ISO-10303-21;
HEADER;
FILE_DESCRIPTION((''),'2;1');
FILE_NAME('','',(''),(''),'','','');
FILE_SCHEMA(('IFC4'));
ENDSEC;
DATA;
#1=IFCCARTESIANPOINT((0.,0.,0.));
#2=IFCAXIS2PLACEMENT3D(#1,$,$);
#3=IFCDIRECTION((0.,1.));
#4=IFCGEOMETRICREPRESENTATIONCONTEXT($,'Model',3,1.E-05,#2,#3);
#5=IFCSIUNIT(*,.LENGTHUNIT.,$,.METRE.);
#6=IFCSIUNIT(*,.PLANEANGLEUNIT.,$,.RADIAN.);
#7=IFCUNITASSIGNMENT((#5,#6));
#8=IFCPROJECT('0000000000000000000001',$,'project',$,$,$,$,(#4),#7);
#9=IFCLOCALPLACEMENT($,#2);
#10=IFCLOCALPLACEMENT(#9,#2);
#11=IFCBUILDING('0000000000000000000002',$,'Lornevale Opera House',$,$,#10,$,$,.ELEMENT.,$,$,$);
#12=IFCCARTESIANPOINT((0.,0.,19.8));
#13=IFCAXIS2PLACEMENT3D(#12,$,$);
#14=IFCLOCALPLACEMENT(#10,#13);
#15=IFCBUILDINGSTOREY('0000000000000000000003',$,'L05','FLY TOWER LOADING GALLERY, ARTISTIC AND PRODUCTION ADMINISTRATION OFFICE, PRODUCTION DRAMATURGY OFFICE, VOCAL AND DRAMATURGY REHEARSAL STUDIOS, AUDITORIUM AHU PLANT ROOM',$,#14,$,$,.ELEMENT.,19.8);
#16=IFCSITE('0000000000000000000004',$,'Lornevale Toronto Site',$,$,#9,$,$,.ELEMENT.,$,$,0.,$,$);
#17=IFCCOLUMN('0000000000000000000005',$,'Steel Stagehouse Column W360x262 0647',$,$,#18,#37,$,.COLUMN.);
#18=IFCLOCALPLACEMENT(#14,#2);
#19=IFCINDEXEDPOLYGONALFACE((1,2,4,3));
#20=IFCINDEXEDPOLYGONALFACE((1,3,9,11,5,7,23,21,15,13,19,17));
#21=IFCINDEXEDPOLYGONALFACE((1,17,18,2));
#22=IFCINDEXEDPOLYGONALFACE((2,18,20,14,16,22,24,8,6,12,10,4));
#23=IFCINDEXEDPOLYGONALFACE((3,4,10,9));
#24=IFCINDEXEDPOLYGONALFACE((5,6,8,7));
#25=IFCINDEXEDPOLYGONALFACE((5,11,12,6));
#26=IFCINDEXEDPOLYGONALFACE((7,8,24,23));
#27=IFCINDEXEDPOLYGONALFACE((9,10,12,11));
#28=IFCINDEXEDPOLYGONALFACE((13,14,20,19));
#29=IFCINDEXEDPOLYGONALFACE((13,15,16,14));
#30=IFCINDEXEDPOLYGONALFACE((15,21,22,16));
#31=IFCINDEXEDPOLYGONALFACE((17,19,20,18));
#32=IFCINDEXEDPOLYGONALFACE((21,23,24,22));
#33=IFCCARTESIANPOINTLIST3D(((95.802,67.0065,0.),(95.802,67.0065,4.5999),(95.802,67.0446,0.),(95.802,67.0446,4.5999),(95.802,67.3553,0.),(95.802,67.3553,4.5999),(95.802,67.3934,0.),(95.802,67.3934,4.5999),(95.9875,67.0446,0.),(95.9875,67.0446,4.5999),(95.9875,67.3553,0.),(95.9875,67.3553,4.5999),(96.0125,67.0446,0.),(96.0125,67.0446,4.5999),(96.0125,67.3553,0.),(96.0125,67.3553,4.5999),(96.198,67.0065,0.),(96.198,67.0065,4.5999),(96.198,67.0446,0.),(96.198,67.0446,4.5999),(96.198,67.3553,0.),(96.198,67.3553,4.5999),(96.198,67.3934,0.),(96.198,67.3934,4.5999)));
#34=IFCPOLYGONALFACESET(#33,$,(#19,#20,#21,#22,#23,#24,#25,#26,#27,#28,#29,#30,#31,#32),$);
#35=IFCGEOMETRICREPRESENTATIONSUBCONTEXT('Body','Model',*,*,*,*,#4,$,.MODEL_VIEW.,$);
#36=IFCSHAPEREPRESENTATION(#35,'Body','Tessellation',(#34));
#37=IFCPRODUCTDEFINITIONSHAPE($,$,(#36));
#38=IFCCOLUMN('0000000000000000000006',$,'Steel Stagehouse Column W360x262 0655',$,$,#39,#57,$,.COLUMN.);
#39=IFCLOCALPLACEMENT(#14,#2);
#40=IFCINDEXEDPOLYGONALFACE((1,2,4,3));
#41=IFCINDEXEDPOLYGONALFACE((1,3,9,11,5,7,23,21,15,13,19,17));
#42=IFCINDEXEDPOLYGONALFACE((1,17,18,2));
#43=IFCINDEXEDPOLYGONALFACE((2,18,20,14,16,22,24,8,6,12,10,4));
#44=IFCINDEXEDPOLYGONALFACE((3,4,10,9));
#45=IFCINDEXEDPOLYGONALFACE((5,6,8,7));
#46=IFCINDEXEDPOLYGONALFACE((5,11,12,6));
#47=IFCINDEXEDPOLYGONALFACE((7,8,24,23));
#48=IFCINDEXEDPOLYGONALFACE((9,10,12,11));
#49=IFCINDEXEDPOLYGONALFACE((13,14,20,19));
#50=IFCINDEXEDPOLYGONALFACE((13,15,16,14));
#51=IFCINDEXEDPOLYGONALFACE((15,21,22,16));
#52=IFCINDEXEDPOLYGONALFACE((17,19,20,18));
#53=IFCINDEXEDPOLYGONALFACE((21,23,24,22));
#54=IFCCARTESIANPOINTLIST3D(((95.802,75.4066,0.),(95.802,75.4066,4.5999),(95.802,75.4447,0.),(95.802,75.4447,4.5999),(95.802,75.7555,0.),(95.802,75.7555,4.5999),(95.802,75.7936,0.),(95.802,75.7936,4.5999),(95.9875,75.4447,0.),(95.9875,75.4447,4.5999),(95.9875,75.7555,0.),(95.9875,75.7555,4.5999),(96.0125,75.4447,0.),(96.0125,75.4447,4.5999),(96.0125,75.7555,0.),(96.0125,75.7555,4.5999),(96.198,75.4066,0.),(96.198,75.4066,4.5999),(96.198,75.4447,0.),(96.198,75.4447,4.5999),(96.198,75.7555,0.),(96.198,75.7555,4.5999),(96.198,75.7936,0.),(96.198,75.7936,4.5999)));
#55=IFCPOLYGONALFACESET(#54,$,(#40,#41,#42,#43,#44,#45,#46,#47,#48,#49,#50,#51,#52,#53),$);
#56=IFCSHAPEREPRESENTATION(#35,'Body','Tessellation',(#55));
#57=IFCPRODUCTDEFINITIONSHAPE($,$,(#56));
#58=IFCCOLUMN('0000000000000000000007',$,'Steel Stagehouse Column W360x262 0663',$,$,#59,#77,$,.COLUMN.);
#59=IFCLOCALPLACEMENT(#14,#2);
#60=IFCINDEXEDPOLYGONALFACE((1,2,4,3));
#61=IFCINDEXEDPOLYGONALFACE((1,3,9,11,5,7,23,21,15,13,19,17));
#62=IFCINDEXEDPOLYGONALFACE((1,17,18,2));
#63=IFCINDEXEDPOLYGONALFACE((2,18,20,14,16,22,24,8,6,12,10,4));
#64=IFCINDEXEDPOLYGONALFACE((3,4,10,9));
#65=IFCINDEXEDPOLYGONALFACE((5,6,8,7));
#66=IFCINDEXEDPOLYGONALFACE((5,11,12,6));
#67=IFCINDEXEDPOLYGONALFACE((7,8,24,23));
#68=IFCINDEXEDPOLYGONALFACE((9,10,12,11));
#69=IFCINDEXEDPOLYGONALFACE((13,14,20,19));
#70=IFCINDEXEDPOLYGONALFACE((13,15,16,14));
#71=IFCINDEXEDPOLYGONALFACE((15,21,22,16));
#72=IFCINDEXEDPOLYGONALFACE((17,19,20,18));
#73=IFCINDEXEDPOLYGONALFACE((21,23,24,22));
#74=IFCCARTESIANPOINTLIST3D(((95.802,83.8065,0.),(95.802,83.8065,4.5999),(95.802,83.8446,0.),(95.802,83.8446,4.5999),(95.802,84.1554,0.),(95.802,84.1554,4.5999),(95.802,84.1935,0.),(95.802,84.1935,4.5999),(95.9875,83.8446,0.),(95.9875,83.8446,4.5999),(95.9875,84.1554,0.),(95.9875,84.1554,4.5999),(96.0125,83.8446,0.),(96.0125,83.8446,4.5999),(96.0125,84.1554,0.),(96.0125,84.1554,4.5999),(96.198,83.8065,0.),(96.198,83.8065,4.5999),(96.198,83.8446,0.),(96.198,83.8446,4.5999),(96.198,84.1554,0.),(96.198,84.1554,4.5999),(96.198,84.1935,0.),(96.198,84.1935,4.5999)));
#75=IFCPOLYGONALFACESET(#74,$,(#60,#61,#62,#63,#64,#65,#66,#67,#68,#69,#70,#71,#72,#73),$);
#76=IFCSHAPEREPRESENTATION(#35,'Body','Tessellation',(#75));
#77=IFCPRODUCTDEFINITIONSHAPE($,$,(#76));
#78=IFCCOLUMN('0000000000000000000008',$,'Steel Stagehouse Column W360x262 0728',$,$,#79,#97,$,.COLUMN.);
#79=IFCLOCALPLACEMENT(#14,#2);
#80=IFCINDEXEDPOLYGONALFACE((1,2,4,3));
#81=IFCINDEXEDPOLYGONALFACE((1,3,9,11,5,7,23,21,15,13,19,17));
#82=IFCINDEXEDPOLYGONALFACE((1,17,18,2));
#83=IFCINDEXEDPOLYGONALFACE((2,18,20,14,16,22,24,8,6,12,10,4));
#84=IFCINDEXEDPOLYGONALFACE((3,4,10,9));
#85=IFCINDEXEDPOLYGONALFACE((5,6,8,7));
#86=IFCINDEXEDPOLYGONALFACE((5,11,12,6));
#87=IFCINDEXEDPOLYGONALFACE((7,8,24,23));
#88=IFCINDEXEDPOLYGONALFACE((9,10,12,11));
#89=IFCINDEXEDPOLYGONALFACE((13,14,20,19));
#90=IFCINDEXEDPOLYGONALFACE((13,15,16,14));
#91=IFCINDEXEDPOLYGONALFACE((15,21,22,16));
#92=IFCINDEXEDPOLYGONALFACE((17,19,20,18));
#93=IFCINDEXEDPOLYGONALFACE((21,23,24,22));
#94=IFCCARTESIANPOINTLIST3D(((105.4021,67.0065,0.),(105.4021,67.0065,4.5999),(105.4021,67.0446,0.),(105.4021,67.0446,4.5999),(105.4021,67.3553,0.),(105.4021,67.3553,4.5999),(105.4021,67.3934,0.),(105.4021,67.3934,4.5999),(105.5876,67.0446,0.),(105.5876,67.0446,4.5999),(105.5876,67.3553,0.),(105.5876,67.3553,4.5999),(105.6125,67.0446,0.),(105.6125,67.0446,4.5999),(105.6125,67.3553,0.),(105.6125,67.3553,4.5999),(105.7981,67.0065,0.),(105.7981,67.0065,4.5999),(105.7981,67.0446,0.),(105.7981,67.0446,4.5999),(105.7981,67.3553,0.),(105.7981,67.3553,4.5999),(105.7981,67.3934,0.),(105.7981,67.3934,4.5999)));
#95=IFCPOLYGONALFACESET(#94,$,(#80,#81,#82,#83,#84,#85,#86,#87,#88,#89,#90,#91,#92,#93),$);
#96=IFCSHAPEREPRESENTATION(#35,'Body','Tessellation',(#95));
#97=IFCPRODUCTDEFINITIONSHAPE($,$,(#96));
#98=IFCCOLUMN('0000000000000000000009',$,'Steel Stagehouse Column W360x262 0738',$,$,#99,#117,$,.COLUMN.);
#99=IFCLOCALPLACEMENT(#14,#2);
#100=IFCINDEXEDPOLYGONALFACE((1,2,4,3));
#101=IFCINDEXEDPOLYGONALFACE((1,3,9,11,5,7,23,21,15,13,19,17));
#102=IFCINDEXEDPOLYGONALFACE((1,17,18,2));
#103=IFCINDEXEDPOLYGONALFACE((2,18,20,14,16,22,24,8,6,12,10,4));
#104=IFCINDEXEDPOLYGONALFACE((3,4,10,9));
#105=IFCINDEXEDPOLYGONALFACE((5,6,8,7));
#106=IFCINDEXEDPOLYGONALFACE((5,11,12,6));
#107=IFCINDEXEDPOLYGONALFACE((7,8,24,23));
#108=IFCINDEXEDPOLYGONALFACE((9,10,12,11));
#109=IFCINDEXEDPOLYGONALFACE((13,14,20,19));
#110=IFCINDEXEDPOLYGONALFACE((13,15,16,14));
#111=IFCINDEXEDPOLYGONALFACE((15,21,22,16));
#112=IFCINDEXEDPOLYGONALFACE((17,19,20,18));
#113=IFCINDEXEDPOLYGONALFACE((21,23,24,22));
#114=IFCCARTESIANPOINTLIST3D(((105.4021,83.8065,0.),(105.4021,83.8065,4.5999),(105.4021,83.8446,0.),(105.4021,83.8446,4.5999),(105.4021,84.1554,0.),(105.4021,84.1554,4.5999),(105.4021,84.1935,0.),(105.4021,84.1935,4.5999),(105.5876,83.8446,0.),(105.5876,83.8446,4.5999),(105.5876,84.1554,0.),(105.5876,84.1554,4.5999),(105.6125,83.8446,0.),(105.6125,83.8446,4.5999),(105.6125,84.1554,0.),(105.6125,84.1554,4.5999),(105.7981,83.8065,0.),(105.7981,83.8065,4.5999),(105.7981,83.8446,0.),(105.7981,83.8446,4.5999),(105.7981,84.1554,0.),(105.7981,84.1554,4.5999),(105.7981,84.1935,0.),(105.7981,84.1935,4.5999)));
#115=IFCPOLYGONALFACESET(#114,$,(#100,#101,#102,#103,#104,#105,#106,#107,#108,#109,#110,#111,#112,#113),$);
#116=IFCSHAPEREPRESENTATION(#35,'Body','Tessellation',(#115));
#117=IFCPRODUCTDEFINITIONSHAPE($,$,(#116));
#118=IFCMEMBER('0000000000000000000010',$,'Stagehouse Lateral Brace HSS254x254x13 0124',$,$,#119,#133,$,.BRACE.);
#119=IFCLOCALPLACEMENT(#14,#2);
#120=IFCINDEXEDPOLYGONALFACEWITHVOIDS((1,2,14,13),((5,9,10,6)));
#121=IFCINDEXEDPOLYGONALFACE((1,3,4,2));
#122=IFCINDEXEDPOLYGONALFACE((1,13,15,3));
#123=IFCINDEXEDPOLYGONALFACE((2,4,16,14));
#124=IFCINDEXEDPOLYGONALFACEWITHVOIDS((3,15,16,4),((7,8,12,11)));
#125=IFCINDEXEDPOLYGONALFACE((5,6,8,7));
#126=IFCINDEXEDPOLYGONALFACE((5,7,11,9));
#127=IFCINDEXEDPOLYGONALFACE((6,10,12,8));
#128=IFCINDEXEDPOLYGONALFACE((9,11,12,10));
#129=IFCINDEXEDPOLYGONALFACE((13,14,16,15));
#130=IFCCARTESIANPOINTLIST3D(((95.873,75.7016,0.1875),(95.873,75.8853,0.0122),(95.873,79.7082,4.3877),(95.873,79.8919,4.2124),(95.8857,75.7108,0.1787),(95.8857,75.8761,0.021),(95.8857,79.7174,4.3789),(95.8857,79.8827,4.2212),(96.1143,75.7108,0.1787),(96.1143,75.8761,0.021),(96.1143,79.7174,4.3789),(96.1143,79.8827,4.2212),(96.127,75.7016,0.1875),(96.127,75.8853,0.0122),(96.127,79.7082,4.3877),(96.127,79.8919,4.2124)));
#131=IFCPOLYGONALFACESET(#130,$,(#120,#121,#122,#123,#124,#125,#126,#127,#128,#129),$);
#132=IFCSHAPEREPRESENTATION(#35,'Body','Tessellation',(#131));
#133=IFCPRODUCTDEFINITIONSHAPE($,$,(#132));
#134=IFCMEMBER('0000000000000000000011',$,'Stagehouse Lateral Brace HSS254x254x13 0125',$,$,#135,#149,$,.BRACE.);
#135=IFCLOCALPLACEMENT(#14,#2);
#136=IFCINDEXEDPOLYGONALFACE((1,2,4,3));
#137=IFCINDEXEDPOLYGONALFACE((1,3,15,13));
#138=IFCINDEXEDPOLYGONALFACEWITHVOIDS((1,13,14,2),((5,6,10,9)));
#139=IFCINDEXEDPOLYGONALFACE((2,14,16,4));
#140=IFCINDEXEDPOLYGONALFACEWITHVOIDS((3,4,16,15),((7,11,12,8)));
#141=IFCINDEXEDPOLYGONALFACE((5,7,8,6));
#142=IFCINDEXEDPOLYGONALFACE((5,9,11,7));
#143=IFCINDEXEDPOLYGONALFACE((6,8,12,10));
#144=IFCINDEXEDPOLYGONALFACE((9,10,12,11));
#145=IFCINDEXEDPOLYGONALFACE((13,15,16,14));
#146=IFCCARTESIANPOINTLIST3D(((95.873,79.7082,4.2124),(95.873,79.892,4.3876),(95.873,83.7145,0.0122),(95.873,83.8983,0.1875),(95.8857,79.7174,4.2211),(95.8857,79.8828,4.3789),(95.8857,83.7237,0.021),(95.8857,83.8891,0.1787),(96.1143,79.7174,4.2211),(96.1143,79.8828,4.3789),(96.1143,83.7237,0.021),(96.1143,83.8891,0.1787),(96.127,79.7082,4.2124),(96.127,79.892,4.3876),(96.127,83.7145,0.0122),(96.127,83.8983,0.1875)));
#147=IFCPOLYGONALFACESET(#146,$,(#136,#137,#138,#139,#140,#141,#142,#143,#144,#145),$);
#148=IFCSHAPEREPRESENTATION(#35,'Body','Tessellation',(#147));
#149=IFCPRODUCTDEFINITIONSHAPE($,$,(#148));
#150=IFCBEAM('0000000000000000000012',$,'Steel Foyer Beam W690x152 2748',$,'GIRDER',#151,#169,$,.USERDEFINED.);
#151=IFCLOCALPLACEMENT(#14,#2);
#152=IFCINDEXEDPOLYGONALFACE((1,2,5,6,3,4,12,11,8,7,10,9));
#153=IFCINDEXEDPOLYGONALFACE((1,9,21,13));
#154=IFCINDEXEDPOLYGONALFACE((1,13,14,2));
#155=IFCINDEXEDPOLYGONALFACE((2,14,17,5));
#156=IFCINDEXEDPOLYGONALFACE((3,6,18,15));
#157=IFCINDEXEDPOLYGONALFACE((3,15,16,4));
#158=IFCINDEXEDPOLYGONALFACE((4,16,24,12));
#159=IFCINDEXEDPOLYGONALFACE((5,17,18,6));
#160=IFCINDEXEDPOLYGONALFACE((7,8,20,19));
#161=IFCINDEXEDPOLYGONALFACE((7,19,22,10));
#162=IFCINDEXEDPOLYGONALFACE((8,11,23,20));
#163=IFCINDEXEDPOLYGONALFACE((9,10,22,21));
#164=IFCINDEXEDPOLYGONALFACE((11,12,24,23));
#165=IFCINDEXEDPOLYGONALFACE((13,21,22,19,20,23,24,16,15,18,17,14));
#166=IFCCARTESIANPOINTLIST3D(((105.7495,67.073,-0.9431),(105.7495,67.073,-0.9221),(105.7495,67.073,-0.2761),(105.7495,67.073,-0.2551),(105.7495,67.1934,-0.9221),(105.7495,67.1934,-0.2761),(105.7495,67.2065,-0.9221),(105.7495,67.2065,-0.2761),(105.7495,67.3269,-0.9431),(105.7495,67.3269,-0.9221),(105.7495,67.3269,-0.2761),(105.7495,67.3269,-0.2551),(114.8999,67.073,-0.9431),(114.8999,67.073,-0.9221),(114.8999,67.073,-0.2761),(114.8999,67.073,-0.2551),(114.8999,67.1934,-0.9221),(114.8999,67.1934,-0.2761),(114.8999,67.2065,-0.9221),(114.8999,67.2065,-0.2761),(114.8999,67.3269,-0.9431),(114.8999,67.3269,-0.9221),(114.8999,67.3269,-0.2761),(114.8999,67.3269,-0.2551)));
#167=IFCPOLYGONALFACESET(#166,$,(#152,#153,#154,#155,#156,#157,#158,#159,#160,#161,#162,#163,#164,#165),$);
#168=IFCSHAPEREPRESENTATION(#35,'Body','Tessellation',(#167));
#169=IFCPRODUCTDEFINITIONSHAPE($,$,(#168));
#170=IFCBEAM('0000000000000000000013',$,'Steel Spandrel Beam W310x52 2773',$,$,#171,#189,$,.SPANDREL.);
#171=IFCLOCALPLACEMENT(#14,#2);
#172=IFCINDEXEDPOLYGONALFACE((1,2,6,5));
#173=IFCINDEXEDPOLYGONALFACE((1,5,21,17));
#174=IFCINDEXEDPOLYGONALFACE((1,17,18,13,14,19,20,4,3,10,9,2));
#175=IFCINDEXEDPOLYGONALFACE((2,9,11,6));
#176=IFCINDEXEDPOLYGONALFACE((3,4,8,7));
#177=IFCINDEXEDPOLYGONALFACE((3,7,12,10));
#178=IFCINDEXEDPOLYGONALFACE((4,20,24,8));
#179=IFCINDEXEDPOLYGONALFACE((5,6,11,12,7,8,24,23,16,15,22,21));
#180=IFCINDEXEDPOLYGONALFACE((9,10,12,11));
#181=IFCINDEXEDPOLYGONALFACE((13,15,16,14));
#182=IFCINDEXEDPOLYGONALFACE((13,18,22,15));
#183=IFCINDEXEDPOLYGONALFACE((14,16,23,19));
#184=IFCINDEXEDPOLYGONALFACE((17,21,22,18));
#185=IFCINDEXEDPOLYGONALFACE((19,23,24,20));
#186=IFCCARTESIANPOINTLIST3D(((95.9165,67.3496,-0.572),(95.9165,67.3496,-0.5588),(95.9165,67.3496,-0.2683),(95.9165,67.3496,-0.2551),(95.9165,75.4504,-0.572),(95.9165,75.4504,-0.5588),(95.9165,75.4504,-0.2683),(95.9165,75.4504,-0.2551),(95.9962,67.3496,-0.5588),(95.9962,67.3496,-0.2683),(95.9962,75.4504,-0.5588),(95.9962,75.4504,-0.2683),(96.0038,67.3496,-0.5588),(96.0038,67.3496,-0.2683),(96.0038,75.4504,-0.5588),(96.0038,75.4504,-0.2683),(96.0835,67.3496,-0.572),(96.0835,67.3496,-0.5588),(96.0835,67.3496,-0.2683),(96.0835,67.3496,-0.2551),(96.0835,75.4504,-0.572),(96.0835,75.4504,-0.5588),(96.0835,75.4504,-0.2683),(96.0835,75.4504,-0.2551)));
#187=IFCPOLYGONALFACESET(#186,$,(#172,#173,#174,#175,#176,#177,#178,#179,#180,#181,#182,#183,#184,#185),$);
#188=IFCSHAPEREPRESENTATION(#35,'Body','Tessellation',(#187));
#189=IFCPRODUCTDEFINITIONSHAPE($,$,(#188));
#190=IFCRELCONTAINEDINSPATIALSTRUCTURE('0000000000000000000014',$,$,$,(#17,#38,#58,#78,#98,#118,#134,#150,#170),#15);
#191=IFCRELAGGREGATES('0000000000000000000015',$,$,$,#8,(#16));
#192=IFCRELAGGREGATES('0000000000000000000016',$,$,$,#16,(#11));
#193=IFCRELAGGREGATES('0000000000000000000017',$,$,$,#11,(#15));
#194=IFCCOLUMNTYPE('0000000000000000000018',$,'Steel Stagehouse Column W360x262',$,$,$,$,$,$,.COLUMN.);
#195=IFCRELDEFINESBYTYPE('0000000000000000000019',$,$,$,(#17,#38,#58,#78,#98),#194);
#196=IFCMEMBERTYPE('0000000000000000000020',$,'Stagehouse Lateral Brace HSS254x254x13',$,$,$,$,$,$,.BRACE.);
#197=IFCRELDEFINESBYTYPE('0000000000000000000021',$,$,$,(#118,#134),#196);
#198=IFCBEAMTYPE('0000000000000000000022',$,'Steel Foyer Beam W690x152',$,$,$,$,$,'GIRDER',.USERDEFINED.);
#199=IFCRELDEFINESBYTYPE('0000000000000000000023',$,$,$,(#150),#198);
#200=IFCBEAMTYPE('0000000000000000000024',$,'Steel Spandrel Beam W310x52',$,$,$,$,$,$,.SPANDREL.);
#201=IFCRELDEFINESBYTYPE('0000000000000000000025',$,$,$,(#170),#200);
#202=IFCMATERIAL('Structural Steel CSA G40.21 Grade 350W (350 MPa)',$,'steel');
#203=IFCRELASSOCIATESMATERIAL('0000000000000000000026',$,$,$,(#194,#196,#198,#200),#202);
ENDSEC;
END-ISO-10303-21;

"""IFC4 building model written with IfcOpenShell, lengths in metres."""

from ifc_helpers import new_model, si_unit, direction, frame, origin, origin_2d, place, context, subcontext, project, spatial, hollow_rectangle, i_section, extrude, material, material_profile, profile_set, type_object, element, save


model = new_model("IFC4")

# Units and contexts
model_context = context("Model", 3, precision=1e-05, world=origin(), true_north=direction((0.0, 1.0)))
body_context = subcontext(model_context, "Body", "Model", "MODEL_VIEW")
ifc_project = project(units=[si_unit("LENGTHUNIT", "METRE"), si_unit("PLANEANGLEUNIT", "RADIAN")], contexts=[model_context])

# Site, building, storey
site_placement = place(None, origin())
site = spatial("IfcSite", under=ifc_project, at=site_placement, Name="Lornevale Toronto Site", CompositionType="ELEMENT", RefElevation=0.0)
building_placement = place(site_placement, origin())
building = spatial("IfcBuilding", under=site, at=building_placement, Name="Lornevale Opera House", CompositionType="ELEMENT")
storey_placement = place(building_placement, frame((0.0, 0.0, 19.8)))
storey = spatial("IfcBuildingStorey", under=building, at=storey_placement, Name="L05", Description="FLY TOWER LOADING GALLERY, ARTISTIC AND PRODUCTION ADMINISTRATION OFFICE, PRODUCTION DRAMATURGY OFFICE, VOCAL AND DRAMATURGY REHEARSAL STUDIOS, AUDITORIUM AHU PLANT ROOM", CompositionType="ELEMENT", Elevation=19.8)

# Columns
ifc_material_1 = material(Name="Structural Steel CSA G40.21 Grade 350W (350 MPa)", Category="steel")
ifc_material_profile_1 = material_profile(ifc_material_1, i_section(OverallWidth=0.396, OverallDepth=0.387, WebThickness=0.0249, FlangeThickness=0.0381, at=origin_2d()), Name="W360x262")
ifc_profile_set_1 = profile_set([ifc_material_profile_1], Name="Structural Steel CSA G40.21 Grade 350W (350 MPa)")
column_type = type_object("IfcColumnType", Name="Steel Stagehouse Column W360x262", PredefinedType="COLUMN", material=ifc_profile_set_1)
for number, where, z_axis, x_axis, name in (
    (1, (96.0, 67.2, 0.0), (0.0, 0.0, 1.0), (1.0, 0.0, 0.0), "Steel Stagehouse Column W360x262 0647"),
    (2, (96.0, 75.6001, 0.0), (0.0, 0.0, 1.0), (1.0, 0.0, 0.0), "Steel Stagehouse Column W360x262 0655"),
    (3, (96.0, 84.0, 0.0), (0.0, 0.0, 1.0), (1.0, 0.0, 0.0), "Steel Stagehouse Column W360x262 0663"),
    (4, (105.6001, 67.2, 0.0), (0.0, 0.0, 1.0), (1.0, 0.0, 0.0), "Steel Stagehouse Column W360x262 0728"),
    (5, (105.6001, 84.0, 0.0), (0.0, 0.0, 1.0), (1.0, 0.0, 0.0), "Steel Stagehouse Column W360x262 0738"),
):
    element("IfcColumn", number, at=place(storey_placement, frame(where, z_axis=z_axis, x_axis=x_axis)), inside=storey, type_object=column_type, Name=name, PredefinedType="COLUMN", context=body_context, shape_type="SweptSolid", body=[
        extrude(i_section(OverallWidth=0.396, OverallDepth=0.387, WebThickness=0.0249, FlangeThickness=0.0381, at=origin_2d()), origin(), (0.0, 0.0, 1.0), 4.5999),
    ])

# Members
ifc_material_profile_2 = material_profile(ifc_material_1, hollow_rectangle(XDim=0.2539, YDim=0.2539, WallThickness=0.0127, at=origin_2d()), Name="HSS254x254x13")
ifc_profile_set_2 = profile_set([ifc_material_profile_2], Name="Structural Steel CSA G40.21 Grade 350W (350 MPa)")
member_type = type_object("IfcMemberType", Name="Stagehouse Lateral Brace HSS254x254x13", PredefinedType="BRACE", material=ifc_profile_set_2)
member_1_placement = place(storey_placement, frame((96.0, 75.7935, 0.0999), z_axis=(0.0, 0.690234, 0.723587), x_axis=(-1.0, 0.0, 0.0)))
element("IfcMember", 6, at=member_1_placement, inside=storey, type_object=member_type, Name="Stagehouse Lateral Brace HSS254x254x13 0124", PredefinedType="BRACE", context=body_context, shape_type="SweptSolid", body=[
    extrude(hollow_rectangle(XDim=0.2539, YDim=0.2539, WallThickness=0.0127, at=origin_2d()), origin(), (0.0, 0.0, 1.0), 5.8047),
])
member_2_placement = place(storey_placement, frame((96.0, 83.8064, 0.0999), z_axis=(0.0, -0.690212, 0.723608), x_axis=(1.0, 0.0, 0.0)))
element("IfcMember", 7, at=member_2_placement, inside=storey, type_object=member_type, Name="Stagehouse Lateral Brace HSS254x254x13 0125", PredefinedType="BRACE", context=body_context, shape_type="SweptSolid", body=[
    extrude(hollow_rectangle(XDim=0.2539, YDim=0.2539, WallThickness=0.0127, at=origin_2d()), origin(), (0.0, 0.0, 1.0), 5.8044),
])

# Beams
ifc_material_profile_3 = material_profile(ifc_material_1, i_section(OverallWidth=0.2539, OverallDepth=0.688, WebThickness=0.0132, FlangeThickness=0.021, at=origin_2d()), Name="W690x152")
ifc_profile_set_3 = profile_set([ifc_material_profile_3], Name="Structural Steel CSA G40.21 Grade 350W (350 MPa)")
beam_type_1 = type_object("IfcBeamType", Name="Steel Foyer Beam W690x152", ElementType="GIRDER", PredefinedType="USERDEFINED", material=ifc_profile_set_3)
beam_1_placement = place(storey_placement, frame((105.7495, 67.2, -0.5991), z_axis=(1.0, 0.0, 0.0), x_axis=(0.0, 1.0, 0.0)))
element("IfcBeam", 8, at=beam_1_placement, inside=storey, type_object=beam_type_1, Name="Steel Foyer Beam W690x152 2748", ObjectType="GIRDER", PredefinedType="USERDEFINED", context=body_context, shape_type="SweptSolid", body=[
    extrude(i_section(OverallWidth=0.2539, OverallDepth=0.688, WebThickness=0.0132, FlangeThickness=0.021, at=origin_2d()), origin(), (0.0, 0.0, 1.0), 9.1504),
])
ifc_material_profile_4 = material_profile(ifc_material_1, i_section(OverallWidth=0.167, OverallDepth=0.3169, WebThickness=0.0076, FlangeThickness=0.0132, at=origin_2d()), Name="W310x52")
ifc_profile_set_4 = profile_set([ifc_material_profile_4], Name="Structural Steel CSA G40.21 Grade 350W (350 MPa)")
beam_type_2 = type_object("IfcBeamType", Name="Steel Spandrel Beam W310x52", PredefinedType="SPANDREL", material=ifc_profile_set_4)
beam_2_placement = place(storey_placement, frame((96.0, 67.3496, -0.4136), z_axis=(0.0, 1.0, 0.0), x_axis=(-1.0, 0.0, 0.0)))
element("IfcBeam", 9, at=beam_2_placement, inside=storey, type_object=beam_type_2, Name="Steel Spandrel Beam W310x52 2773", PredefinedType="SPANDREL", context=body_context, shape_type="SweptSolid", body=[
    extrude(i_section(OverallWidth=0.167, OverallDepth=0.3169, WebThickness=0.0076, FlangeThickness=0.0132, at=origin_2d()), origin(), (0.0, 0.0, 1.0), 8.1008),
])

save(model, "model.ifc")
